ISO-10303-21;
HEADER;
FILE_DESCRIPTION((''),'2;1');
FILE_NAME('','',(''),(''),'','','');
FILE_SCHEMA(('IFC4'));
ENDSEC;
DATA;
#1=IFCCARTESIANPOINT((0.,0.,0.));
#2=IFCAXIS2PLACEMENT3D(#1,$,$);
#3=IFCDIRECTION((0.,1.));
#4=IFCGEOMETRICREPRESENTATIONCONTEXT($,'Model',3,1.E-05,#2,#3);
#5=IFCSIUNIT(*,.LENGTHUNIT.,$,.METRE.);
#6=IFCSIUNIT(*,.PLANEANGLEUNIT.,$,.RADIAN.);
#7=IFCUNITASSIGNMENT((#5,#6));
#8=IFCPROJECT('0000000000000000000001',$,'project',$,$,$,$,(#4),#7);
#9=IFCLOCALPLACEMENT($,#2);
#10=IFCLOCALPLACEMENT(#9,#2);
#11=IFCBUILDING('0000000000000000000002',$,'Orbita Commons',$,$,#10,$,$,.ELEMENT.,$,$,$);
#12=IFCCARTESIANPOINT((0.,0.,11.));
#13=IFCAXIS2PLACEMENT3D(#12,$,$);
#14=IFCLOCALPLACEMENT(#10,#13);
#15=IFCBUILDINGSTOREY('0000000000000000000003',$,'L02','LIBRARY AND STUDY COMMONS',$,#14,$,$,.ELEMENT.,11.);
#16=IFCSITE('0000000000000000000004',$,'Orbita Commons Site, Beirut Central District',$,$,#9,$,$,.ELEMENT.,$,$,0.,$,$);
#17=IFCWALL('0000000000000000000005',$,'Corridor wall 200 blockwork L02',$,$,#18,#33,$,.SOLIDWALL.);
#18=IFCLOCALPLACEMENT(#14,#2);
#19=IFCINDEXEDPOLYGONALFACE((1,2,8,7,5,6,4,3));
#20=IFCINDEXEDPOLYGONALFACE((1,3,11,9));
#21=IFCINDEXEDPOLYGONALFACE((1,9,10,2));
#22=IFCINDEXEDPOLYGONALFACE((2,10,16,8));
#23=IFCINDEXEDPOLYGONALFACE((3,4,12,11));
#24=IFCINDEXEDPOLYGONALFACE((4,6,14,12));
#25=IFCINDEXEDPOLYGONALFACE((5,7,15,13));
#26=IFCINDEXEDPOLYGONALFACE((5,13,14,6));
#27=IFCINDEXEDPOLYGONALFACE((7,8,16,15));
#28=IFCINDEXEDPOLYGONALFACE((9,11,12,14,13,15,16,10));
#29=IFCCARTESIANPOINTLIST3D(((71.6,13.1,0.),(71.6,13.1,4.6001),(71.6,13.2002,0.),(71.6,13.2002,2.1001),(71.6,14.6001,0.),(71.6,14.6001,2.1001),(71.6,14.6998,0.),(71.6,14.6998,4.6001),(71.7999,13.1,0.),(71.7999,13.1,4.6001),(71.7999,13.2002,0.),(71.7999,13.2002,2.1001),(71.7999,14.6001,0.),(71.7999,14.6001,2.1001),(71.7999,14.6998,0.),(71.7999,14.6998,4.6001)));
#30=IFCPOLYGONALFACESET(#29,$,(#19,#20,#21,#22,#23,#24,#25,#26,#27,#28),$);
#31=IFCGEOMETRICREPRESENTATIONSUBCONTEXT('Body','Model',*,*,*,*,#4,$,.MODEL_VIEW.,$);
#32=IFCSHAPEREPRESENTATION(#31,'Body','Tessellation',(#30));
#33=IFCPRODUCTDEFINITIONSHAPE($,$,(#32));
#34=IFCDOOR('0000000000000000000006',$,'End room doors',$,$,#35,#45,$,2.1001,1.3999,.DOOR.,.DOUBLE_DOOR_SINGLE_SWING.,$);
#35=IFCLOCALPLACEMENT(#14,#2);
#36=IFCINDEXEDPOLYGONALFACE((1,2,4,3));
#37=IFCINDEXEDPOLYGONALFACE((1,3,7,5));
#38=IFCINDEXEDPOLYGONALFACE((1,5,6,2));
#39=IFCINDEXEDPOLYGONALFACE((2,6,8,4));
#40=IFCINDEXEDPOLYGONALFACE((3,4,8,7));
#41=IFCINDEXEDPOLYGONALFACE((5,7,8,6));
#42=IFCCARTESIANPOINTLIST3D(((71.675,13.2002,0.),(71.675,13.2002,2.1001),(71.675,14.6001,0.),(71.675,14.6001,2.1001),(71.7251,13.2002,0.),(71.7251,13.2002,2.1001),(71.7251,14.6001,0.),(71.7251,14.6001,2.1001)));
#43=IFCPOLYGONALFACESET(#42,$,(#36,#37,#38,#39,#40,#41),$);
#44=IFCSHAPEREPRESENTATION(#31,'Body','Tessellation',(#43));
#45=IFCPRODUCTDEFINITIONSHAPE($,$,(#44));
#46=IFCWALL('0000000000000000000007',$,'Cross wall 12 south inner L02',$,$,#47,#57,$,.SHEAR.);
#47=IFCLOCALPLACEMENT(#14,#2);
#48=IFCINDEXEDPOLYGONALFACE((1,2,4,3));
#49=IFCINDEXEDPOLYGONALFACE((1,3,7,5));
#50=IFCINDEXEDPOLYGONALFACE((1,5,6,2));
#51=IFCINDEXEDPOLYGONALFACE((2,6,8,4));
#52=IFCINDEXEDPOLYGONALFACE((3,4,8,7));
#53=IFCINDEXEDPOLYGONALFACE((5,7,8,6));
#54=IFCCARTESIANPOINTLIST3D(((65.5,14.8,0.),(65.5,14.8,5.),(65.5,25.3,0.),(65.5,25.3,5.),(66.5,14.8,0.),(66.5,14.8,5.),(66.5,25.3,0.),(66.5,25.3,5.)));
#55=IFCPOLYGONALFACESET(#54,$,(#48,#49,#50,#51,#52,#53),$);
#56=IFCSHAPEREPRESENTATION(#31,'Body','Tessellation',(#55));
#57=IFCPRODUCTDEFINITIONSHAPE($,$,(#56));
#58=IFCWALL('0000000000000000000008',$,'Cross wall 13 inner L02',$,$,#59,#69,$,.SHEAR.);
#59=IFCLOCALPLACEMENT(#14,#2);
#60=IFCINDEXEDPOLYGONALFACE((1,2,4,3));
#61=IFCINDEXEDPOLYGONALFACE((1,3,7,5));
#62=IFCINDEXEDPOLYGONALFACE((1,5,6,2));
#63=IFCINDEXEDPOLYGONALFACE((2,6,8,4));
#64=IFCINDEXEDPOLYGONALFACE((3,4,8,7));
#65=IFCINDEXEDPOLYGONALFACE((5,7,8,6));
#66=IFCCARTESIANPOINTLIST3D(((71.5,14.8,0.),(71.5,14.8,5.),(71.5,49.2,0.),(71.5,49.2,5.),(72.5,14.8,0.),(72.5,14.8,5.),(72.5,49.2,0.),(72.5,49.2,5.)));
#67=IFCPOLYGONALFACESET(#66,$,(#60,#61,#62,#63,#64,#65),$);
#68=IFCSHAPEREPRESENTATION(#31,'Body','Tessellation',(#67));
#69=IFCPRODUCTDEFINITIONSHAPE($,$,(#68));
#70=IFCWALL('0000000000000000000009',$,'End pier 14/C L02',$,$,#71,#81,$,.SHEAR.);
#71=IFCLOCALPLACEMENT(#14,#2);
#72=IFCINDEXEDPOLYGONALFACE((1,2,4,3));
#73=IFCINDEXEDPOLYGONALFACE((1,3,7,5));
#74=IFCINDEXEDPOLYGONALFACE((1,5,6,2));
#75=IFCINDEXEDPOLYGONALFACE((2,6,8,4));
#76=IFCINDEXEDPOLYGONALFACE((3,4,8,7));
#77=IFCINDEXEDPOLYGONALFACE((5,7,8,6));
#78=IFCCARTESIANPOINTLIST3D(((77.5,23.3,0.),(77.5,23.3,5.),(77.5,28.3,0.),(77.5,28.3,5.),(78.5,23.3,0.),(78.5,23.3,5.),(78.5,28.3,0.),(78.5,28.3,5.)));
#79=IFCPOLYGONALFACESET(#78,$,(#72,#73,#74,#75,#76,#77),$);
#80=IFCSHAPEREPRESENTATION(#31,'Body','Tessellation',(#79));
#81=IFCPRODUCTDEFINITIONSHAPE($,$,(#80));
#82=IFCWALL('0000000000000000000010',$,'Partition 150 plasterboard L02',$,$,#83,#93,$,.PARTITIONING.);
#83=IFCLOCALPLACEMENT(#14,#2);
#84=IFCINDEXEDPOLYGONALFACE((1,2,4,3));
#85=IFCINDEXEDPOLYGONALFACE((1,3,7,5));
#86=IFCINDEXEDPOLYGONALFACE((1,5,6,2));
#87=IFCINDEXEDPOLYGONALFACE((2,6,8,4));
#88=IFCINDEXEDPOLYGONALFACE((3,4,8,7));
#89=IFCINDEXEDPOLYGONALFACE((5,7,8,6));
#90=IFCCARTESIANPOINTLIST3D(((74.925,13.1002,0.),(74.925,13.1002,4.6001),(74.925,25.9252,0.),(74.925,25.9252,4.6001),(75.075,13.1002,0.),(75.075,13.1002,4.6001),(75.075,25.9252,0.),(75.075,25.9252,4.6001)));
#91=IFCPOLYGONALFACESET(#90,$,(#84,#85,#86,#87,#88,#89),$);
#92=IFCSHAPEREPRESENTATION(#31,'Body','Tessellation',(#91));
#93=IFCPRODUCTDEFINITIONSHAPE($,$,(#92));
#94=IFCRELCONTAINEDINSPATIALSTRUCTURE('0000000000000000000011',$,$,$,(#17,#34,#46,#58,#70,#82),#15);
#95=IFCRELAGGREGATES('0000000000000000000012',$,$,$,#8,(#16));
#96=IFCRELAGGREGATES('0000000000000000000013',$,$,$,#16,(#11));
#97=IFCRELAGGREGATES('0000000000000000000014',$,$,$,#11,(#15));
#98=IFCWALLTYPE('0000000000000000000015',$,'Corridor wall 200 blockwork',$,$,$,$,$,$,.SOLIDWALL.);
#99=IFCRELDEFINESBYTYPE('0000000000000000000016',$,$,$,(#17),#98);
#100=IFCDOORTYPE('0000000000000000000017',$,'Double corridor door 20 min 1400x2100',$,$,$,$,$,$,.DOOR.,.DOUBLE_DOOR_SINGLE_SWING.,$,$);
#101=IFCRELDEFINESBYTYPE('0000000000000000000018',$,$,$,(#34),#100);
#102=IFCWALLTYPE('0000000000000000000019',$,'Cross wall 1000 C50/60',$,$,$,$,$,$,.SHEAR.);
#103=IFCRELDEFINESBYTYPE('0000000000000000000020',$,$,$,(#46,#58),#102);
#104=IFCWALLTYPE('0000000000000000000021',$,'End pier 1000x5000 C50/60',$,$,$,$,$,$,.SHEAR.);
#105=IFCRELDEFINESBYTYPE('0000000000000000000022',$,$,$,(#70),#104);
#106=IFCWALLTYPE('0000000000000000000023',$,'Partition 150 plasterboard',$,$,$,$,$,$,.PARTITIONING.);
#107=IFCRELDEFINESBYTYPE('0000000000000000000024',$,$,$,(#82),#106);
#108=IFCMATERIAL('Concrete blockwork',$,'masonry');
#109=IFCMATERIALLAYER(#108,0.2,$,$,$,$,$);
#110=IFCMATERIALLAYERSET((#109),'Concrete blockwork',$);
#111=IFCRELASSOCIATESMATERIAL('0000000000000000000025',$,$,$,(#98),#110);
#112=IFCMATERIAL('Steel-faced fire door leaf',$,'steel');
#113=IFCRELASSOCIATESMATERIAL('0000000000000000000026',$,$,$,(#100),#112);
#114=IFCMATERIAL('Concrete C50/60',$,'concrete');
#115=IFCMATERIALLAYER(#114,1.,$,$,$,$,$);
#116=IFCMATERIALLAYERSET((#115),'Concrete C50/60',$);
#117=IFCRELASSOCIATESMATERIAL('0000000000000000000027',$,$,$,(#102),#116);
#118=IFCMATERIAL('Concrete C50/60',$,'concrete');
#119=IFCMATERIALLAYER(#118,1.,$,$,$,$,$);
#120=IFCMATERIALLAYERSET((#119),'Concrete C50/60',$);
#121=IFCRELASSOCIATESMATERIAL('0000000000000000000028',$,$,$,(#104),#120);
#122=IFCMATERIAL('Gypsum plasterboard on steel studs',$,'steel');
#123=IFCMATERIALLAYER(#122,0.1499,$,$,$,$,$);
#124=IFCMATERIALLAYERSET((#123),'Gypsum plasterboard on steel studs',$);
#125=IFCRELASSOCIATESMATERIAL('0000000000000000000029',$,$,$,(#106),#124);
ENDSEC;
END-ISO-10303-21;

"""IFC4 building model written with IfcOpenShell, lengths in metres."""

from ifc_helpers import new_model, si_unit, direction, frame, frame_2d, origin, place, context, subcontext, project, spatial, rectangle, extrude, material, layer, layer_set, type_object, element, fill, save


model = new_model("IFC4")

# Units and contexts
model_context = context("Model", 3, precision=1e-05, world=origin(), true_north=direction((0.0, 1.0)))
body_context = subcontext(model_context, "Body", "Model", "MODEL_VIEW")
ifc_project = project(units=[si_unit("LENGTHUNIT", "METRE"), si_unit("PLANEANGLEUNIT", "RADIAN")], contexts=[model_context])

# Site, building, storey
site_placement = place(None, origin())
site = spatial("IfcSite", under=ifc_project, at=site_placement, Name="Orbita Commons Site, Beirut Central District", CompositionType="ELEMENT", RefElevation=0.0)
building_placement = place(site_placement, origin())
building = spatial("IfcBuilding", under=site, at=building_placement, Name="Orbita Commons", CompositionType="ELEMENT")
storey_placement = place(building_placement, frame((0.0, 0.0, 11.0)))
storey = spatial("IfcBuildingStorey", under=building, at=storey_placement, Name="L02", Description="LIBRARY AND STUDY COMMONS", CompositionType="ELEMENT", Elevation=11.0)

# Shared definitions
ifc_material_1 = material(Name="Concrete blockwork", Category="masonry")
ifc_layer_1 = layer(ifc_material_1, 0.2)
ifc_layer_set_1 = layer_set([ifc_layer_1], Name="Concrete blockwork")
wall_type_1 = type_object("IfcWallType", Name="Corridor wall 200 blockwork", PredefinedType="SOLIDWALL", material=ifc_layer_set_1)

# Wall, opening, door
wall_1_placement = place(storey_placement, frame((71.7, 13.1001, 0.0), z_axis=(0.0, 0.0, 1.0), x_axis=(0.0, 1.0, 0.0)))
wall_1 = element("IfcWall", 1, at=wall_1_placement, inside=storey, type_object=wall_type_1, Name="Corridor wall 200 blockwork L02", PredefinedType="SOLIDWALL", context=body_context, shape_type="SweptSolid", body=[
    extrude(rectangle(XDim=1.5999, YDim=0.2, at=frame_2d((0.7998, 0.0))), origin(), (0.0, 0.0, 1.0), 4.6001),
])
opening_placement = place(wall_1_placement, frame((0.1001, 0.0, 0.0)))
opening = element("IfcOpeningElement", 2, at=opening_placement, cuts=wall_1, PredefinedType="OPENING", context=body_context, shape_type="SweptSolid", body=[
    extrude(rectangle(XDim=1.3999, YDim=2.1001, at=frame_2d((0.7, 1.05))), frame((0.0, 0.1099, 0.0), z_axis=(0.0, -1.0, 0.0), x_axis=(1.0, 0.0, 0.0)), (0.0, 0.0, 1.0), 0.22),
])
ifc_material_2 = material(Name="Steel-faced fire door leaf", Category="steel")
door_type = type_object("IfcDoorType", Name="Double corridor door 20 min 1400x2100", OperationType="DOUBLE_DOOR_SINGLE_SWING", PredefinedType="DOOR", material=ifc_material_2)
door_placement = place(opening_placement, origin())
door = element("IfcDoor", 3, at=door_placement, inside=storey, type_object=door_type, Name="End room doors", OperationType="DOUBLE_DOOR_SINGLE_SWING", OverallHeight=2.1001, OverallWidth=1.3999, PredefinedType="DOOR", context=body_context, shape_type="SweptSolid", body=[
    extrude(rectangle(XDim=1.3999, YDim=2.1001, at=frame_2d((0.7, 1.05))), frame((0.0, 0.0249, 0.0), z_axis=(0.0, -1.0, 0.0), x_axis=(1.0, 0.0, 0.0)), (0.0, 0.0, 1.0), 0.05),
])
fill(opening, door)

# Walls
ifc_material_3 = material(Name="Concrete C50/60", Category="concrete")
ifc_layer_2 = layer(ifc_material_3, 1.0)
ifc_layer_set_2 = layer_set([ifc_layer_2], Name="Concrete C50/60")
wall_type_2 = type_object("IfcWallType", Name="Cross wall 1000 C50/60", PredefinedType="SHEAR", material=ifc_layer_set_2)
wall_2_placement = place(storey_placement, frame((66.0, 14.8, 0.0), z_axis=(0.0, 0.0, 1.0), x_axis=(0.0, 1.0, 0.0)))
element("IfcWall", 4, at=wall_2_placement, inside=storey, type_object=wall_type_2, Name="Cross wall 12 south inner L02", PredefinedType="SHEAR", context=body_context, shape_type="SweptSolid", body=[
    extrude(rectangle(XDim=10.5, YDim=1.0, at=frame_2d((5.25, 0.0))), origin(), (0.0, 0.0, 1.0), 5.0),
])
wall_3_placement = place(storey_placement, frame((72.0, 14.8, 0.0), z_axis=(0.0, 0.0, 1.0), x_axis=(0.0, 1.0, 0.0)))
element("IfcWall", 5, at=wall_3_placement, inside=storey, type_object=wall_type_2, Name="Cross wall 13 inner L02", PredefinedType="SHEAR", context=body_context, shape_type="SweptSolid", body=[
    extrude(rectangle(XDim=34.3999, YDim=1.0, at=frame_2d((17.2, 0.0))), origin(), (0.0, 0.0, 1.0), 5.0),
])
ifc_material_4 = material(Name="Concrete C50/60", Category="concrete")
ifc_layer_3 = layer(ifc_material_4, 1.0)
ifc_layer_set_3 = layer_set([ifc_layer_3], Name="Concrete C50/60")
wall_type_3 = type_object("IfcWallType", Name="End pier 1000x5000 C50/60", PredefinedType="SHEAR", material=ifc_layer_set_3)
wall_4_placement = place(storey_placement, frame((78.0, 23.3, 0.0), z_axis=(0.0, 0.0, 1.0), x_axis=(0.0, 1.0, 0.0)))
element("IfcWall", 6, at=wall_4_placement, inside=storey, type_object=wall_type_3, Name="End pier 14/C L02", PredefinedType="SHEAR", context=body_context, shape_type="SweptSolid", body=[
    extrude(rectangle(XDim=5.0, YDim=1.0, at=frame_2d((2.5, 0.0))), origin(), (0.0, 0.0, 1.0), 5.0),
])
ifc_material_5 = material(Name="Gypsum plasterboard on steel studs", Category="steel")
ifc_layer_4 = layer(ifc_material_5, 0.1499)
ifc_layer_set_4 = layer_set([ifc_layer_4], Name="Gypsum plasterboard on steel studs")
wall_type_4 = type_object("IfcWallType", Name="Partition 150 plasterboard", PredefinedType="PARTITIONING", material=ifc_layer_set_4)
wall_5_placement = place(storey_placement, frame((75.0, 13.1001, 0.0), z_axis=(0.0, 0.0, 1.0), x_axis=(0.0, 1.0, 0.0)))
element("IfcWall", 7, at=wall_5_placement, inside=storey, type_object=wall_type_4, Name="Partition 150 plasterboard L02", PredefinedType="PARTITIONING", context=body_context, shape_type="SweptSolid", body=[
    extrude(rectangle(XDim=12.825, YDim=0.1499, at=frame_2d((6.4126, 0.0))), origin(), (0.0, 0.0, 1.0), 4.6001),
])

save(model, "model.ifc")
